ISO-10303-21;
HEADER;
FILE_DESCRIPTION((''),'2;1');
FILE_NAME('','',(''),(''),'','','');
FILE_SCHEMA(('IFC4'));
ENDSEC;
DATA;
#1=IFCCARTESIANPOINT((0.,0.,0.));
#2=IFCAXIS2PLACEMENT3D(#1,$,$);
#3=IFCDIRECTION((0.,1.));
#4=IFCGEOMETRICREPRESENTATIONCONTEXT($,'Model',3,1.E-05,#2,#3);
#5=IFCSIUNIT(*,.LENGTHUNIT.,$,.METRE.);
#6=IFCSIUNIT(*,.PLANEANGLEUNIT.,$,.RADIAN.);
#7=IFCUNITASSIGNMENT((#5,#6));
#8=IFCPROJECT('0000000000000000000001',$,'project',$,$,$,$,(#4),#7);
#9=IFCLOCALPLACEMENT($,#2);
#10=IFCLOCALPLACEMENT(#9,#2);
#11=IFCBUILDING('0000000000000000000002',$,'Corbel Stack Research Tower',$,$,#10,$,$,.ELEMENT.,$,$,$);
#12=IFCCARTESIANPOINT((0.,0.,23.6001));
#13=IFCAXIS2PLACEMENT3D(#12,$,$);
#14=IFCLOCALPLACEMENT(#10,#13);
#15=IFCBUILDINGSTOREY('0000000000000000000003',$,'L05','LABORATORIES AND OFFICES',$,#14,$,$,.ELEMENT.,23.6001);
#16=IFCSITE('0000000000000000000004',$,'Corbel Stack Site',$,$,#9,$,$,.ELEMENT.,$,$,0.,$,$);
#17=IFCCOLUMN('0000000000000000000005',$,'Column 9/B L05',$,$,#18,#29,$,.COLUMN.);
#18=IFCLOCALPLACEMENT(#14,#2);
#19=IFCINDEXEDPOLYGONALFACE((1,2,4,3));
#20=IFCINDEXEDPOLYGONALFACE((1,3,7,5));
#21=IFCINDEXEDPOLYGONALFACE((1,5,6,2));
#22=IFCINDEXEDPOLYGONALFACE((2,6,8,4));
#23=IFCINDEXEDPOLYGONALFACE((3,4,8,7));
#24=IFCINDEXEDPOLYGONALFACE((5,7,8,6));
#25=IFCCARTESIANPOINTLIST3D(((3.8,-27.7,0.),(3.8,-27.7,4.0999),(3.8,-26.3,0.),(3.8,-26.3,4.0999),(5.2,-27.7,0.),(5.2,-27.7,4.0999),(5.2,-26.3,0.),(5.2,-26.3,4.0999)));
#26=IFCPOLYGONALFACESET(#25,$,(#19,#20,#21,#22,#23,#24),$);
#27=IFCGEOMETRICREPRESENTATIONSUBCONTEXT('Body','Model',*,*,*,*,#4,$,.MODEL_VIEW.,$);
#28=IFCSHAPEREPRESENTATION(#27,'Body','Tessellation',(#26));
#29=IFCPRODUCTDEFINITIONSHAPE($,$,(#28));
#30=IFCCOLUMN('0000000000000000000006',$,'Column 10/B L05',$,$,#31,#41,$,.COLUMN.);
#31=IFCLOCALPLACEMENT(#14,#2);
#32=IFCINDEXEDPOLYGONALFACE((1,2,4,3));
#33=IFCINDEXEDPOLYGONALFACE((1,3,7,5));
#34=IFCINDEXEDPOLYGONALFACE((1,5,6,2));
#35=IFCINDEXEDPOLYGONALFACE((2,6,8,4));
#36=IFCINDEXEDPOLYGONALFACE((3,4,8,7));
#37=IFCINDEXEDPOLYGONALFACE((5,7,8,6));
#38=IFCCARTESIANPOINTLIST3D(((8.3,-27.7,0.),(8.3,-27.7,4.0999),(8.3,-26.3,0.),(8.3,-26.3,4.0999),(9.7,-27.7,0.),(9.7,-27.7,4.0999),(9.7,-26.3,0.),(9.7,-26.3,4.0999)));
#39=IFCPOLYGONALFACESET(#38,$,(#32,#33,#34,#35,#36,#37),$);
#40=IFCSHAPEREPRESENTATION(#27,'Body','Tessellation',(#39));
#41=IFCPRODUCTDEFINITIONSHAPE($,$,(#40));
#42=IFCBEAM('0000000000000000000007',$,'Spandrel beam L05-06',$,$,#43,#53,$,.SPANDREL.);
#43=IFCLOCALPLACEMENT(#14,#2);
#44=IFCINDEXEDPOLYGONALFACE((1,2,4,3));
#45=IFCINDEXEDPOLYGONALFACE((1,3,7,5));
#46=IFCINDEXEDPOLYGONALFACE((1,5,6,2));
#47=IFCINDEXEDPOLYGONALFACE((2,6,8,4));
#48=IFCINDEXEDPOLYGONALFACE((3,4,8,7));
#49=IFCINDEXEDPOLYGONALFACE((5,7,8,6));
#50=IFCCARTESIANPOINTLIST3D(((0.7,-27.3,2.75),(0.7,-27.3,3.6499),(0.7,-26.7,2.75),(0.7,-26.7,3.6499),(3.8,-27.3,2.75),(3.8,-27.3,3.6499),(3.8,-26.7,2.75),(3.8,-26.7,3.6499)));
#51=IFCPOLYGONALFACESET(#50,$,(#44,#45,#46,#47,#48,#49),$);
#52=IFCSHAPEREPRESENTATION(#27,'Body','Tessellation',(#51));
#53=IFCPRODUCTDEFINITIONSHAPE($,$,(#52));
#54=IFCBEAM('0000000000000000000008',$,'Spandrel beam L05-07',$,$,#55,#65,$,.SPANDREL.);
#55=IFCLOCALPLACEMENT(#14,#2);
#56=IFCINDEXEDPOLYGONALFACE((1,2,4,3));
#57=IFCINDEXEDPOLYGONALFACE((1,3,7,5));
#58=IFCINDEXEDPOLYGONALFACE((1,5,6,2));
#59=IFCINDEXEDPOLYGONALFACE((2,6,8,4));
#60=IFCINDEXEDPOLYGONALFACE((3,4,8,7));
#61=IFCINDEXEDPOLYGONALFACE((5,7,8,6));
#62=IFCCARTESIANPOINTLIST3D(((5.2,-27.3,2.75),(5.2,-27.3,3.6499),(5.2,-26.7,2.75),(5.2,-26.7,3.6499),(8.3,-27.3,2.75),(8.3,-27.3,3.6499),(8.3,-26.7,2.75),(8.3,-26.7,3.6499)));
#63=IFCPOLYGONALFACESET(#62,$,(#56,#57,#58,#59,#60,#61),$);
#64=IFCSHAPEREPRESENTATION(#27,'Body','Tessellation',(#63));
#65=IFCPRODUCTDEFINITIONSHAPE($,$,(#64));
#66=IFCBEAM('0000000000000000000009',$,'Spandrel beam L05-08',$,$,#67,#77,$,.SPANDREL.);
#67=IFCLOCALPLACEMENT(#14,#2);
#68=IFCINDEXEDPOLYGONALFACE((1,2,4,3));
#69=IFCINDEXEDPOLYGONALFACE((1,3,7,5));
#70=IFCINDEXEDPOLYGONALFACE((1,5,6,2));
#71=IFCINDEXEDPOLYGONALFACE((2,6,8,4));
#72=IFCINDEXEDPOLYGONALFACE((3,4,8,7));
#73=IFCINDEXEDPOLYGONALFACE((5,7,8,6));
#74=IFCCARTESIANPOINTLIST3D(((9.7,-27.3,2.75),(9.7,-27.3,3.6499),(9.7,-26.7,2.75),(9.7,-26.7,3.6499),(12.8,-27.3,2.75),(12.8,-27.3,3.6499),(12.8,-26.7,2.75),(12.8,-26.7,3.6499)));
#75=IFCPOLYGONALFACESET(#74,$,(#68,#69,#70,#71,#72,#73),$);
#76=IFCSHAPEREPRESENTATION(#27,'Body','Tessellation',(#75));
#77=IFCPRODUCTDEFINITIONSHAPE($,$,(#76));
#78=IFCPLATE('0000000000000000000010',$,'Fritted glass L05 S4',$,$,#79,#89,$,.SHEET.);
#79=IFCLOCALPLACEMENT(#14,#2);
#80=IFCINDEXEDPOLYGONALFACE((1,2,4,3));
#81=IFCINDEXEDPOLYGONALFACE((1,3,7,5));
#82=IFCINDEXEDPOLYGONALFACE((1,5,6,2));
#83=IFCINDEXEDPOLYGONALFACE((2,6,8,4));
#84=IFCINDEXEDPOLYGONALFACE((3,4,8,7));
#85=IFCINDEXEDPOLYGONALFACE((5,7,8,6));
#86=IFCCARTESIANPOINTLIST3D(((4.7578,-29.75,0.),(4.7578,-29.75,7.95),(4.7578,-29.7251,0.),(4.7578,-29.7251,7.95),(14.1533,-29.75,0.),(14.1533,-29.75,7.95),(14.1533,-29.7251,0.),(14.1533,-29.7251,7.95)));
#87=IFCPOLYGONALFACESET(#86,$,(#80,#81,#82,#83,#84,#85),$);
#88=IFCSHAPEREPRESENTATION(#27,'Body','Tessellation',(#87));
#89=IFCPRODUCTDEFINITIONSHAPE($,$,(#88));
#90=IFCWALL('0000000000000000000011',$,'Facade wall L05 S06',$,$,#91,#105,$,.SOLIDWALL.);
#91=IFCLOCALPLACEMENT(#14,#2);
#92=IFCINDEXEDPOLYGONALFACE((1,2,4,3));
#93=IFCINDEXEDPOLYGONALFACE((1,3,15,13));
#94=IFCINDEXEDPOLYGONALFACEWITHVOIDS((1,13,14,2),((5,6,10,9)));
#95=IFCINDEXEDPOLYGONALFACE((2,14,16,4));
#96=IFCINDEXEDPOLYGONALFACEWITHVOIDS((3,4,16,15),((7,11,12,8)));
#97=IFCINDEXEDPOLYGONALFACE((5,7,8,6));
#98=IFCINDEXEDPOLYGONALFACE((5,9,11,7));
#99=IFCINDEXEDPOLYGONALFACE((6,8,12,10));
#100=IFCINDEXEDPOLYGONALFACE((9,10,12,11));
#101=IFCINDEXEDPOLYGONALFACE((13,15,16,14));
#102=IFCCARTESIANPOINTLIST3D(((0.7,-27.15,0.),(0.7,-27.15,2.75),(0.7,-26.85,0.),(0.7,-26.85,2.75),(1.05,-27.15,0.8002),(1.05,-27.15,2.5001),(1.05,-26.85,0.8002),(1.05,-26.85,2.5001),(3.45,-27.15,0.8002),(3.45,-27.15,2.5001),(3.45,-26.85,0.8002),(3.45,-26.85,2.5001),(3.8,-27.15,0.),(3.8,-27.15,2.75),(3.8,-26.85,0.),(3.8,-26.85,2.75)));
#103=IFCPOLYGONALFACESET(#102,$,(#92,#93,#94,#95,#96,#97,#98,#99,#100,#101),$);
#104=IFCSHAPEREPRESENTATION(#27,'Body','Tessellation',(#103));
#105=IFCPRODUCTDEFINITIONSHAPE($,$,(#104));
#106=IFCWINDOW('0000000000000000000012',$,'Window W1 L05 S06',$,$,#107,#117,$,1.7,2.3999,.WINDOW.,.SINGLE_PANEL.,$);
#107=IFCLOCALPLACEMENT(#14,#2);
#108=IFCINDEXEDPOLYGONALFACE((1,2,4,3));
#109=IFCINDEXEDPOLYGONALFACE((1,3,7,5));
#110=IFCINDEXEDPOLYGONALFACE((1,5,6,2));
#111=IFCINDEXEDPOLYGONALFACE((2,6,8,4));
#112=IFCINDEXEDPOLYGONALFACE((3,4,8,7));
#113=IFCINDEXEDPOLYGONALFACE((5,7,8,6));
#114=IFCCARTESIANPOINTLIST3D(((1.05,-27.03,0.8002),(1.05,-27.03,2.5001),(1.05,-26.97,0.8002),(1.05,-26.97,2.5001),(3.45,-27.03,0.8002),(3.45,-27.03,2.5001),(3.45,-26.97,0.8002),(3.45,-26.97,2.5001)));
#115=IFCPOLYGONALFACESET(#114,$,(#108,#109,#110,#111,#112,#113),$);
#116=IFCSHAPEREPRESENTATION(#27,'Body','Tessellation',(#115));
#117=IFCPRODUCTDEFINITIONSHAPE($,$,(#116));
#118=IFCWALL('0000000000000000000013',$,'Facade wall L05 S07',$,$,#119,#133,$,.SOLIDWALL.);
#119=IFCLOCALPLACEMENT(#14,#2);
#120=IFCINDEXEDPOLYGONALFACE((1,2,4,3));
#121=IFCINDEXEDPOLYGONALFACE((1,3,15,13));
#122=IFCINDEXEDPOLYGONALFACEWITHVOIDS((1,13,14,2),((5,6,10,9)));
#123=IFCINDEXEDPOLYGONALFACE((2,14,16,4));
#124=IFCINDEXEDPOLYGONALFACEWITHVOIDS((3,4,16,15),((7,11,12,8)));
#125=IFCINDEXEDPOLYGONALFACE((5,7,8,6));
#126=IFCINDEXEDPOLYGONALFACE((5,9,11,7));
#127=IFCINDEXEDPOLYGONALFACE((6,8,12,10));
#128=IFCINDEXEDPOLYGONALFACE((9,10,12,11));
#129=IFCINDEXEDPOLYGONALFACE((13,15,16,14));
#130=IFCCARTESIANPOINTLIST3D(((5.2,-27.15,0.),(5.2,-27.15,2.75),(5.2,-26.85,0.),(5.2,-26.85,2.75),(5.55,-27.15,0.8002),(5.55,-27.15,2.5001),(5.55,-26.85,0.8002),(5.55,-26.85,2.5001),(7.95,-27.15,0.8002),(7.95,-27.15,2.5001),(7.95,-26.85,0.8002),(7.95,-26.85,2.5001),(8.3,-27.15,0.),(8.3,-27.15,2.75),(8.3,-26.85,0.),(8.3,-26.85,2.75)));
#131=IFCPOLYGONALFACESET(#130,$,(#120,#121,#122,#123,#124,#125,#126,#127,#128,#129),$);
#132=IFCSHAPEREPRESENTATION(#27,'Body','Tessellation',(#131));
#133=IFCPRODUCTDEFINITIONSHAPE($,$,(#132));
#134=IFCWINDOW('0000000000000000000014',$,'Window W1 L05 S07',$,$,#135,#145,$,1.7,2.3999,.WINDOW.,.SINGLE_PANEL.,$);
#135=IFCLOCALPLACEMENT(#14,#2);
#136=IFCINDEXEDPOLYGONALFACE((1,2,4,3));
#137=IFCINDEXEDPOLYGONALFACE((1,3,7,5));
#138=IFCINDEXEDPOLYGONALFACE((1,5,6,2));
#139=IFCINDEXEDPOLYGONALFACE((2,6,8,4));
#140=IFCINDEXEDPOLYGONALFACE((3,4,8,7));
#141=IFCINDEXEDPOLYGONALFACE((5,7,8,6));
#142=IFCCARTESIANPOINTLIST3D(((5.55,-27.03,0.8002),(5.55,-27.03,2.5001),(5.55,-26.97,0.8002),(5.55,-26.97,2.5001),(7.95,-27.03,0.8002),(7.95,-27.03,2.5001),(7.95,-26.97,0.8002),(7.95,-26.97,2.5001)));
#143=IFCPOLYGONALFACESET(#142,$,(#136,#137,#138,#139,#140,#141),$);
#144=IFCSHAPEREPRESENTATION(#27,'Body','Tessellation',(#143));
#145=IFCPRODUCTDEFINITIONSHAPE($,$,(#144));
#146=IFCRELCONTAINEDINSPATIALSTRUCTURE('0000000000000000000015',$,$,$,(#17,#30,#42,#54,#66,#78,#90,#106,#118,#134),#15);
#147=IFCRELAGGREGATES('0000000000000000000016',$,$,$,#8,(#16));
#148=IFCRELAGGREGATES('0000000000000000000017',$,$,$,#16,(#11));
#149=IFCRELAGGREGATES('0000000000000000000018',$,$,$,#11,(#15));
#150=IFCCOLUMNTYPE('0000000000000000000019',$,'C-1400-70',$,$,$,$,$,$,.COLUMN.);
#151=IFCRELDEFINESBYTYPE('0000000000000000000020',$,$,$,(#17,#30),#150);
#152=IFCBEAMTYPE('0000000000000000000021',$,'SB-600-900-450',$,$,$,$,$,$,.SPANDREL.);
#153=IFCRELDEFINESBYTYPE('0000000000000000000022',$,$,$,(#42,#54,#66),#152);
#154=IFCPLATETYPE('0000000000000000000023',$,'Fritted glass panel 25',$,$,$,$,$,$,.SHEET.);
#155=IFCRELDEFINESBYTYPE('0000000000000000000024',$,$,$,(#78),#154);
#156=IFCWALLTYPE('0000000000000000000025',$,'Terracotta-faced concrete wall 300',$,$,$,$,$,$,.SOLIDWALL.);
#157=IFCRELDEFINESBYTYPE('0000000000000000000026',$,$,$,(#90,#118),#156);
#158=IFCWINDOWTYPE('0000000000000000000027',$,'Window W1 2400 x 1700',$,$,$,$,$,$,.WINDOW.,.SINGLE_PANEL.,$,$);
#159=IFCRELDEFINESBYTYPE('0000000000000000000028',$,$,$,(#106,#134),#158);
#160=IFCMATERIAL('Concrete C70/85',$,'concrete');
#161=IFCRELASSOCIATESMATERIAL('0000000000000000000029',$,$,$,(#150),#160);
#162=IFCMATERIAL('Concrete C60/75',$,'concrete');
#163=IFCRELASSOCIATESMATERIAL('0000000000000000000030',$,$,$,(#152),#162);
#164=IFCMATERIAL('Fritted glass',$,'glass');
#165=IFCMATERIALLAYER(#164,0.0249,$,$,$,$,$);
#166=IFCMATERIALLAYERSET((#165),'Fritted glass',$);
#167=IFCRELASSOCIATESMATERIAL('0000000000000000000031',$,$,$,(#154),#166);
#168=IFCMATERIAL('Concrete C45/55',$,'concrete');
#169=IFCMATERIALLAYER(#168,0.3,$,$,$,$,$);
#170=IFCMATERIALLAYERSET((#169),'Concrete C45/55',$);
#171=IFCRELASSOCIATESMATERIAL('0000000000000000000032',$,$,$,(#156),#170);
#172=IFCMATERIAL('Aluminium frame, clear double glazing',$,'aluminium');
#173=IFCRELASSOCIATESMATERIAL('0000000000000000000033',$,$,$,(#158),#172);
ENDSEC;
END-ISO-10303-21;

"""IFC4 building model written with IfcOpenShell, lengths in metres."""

from ifc_helpers import new_model, si_unit, direction, frame, frame_2d, origin, origin_2d, place, context, subcontext, project, spatial, rectangle, extrude, material, layer, layer_set, material_profile, profile_set, type_object, element, fill, save


model = new_model("IFC4")

# Units and contexts
model_context = context("Model", 3, precision=1e-05, world=origin(), true_north=direction((0.0, 1.0)))
body_context = subcontext(model_context, "Body", "Model", "MODEL_VIEW")
ifc_project = project(units=[si_unit("LENGTHUNIT", "METRE"), si_unit("PLANEANGLEUNIT", "RADIAN")], contexts=[model_context])

# Site, building, storey
site_placement = place(None, origin())
site = spatial("IfcSite", under=ifc_project, at=site_placement, Name="Corbel Stack Site", CompositionType="ELEMENT", RefElevation=0.0)
building_placement = place(site_placement, origin())
building = spatial("IfcBuilding", under=site, at=building_placement, Name="Corbel Stack Research Tower", CompositionType="ELEMENT")
storey_placement = place(building_placement, frame((0.0, 0.0, 23.6001)))
storey = spatial("IfcBuildingStorey", under=building, at=storey_placement, Name="L05", Description="LABORATORIES AND OFFICES", CompositionType="ELEMENT", Elevation=23.6001)

# Columns
ifc_material_1 = material(Name="Concrete C70/85", Category="concrete")
ifc_material_profile_1 = material_profile(ifc_material_1, rectangle(XDim=1.3999, YDim=1.3999, at=origin_2d()), Name="RC 1400 x 1400")
ifc_profile_set_1 = profile_set([ifc_material_profile_1], Name="Concrete C70/85")
column_type = type_object("IfcColumnType", Name="C-1400-70", PredefinedType="COLUMN", material=ifc_profile_set_1)
for number, where, z_axis, x_axis, name in (
    (1, (4.5, -27.0, 0.0), (0.0, 0.0, 1.0), (1.0, 0.0, 0.0), "Column 9/B L05"),
    (2, (9.0, -27.0, 0.0), (0.0, 0.0, 1.0), (1.0, 0.0, 0.0), "Column 10/B L05"),
):
    element("IfcColumn", number, at=place(storey_placement, frame(where, z_axis=z_axis, x_axis=x_axis)), inside=storey, type_object=column_type, Name=name, PredefinedType="COLUMN", context=body_context, shape_type="SweptSolid", body=[
        extrude(rectangle(XDim=1.3999, YDim=1.3999, at=origin_2d()), origin(), (0.0, 0.0, 1.0), 4.0999),
    ])

# Beams
ifc_material_2 = material(Name="Concrete C60/75", Category="concrete")
ifc_material_profile_2 = material_profile(ifc_material_2, rectangle(XDim=0.6001, YDim=0.8999, at=origin_2d()), Name="RC 600 x 900")
ifc_profile_set_2 = profile_set([ifc_material_profile_2], Name="Concrete C60/75")
beam_type = type_object("IfcBeamType", Name="SB-600-900-450", PredefinedType="SPANDREL", material=ifc_profile_set_2)
for number, where, z_axis, x_axis, name in (
    (3, (0.7, -27.0, 3.2), (1.0, 0.0, 0.0), (0.0, 1.0, 0.0), "Spandrel beam L05-06"),
    (4, (5.2, -27.0, 3.2), (1.0, 0.0, 0.0), (0.0, 1.0, 0.0), "Spandrel beam L05-07"),
    (5, (9.7, -27.0, 3.2), (1.0, 0.0, 0.0), (0.0, 1.0, 0.0), "Spandrel beam L05-08"),
):
    element("IfcBeam", number, at=place(storey_placement, frame(where, z_axis=z_axis, x_axis=x_axis)), inside=storey, type_object=beam_type, Name=name, PredefinedType="SPANDREL", context=body_context, shape_type="SweptSolid", body=[
        extrude(rectangle(XDim=0.6001, YDim=0.8999, at=origin_2d()), origin(), (0.0, 0.0, 1.0), 3.1001),
    ])

# Plate
ifc_material_3 = material(Name="Fritted glass", Category="glass")
ifc_layer_1 = layer(ifc_material_3, 0.0249)
ifc_layer_set_1 = layer_set([ifc_layer_1], Name="Fritted glass")
plate_type = type_object("IfcPlateType", Name="Fritted glass panel 25", PredefinedType="SHEET", material=ifc_layer_set_1)
plate_placement = place(storey_placement, frame((9.4556, -29.7375, 0.0), z_axis=(0.0, 0.0, 1.0), x_axis=(1.0, 0.0, 0.0)))
element("IfcPlate", 6, at=plate_placement, inside=storey, type_object=plate_type, Name="Fritted glass L05 S4", PredefinedType="SHEET", context=body_context, shape_type="SweptSolid", body=[
    extrude(rectangle(XDim=9.3955, YDim=0.0249, at=origin_2d()), origin(), (0.0, 0.0, 1.0), 7.95),
])

# Walls, openings, windows
ifc_material_4 = material(Name="Concrete C45/55", Category="concrete")
ifc_layer_2 = layer(ifc_material_4, 0.3)
ifc_layer_set_2 = layer_set([ifc_layer_2], Name="Concrete C45/55")
wall_type = type_object("IfcWallType", Name="Terracotta-faced concrete wall 300", PredefinedType="SOLIDWALL", material=ifc_layer_set_2)
wall_1_placement = place(storey_placement, frame((3.8, -27.0, 0.0), z_axis=(0.0, 0.0, 1.0), x_axis=(-1.0, 0.0, 0.0)))
wall_1 = element("IfcWall", 7, at=wall_1_placement, inside=storey, type_object=wall_type, Name="Facade wall L05 S06", PredefinedType="SOLIDWALL", context=body_context, shape_type="SweptSolid", body=[
    extrude(rectangle(XDim=3.1001, YDim=0.3, at=frame_2d((1.55, 0.0))), origin(), (0.0, 0.0, 1.0), 2.75),
])
opening_1_placement = place(wall_1_placement, frame((0.3501, 0.0, 0.8)))
opening_1 = element("IfcOpeningElement", 8, at=opening_1_placement, cuts=wall_1, PredefinedType="OPENING", context=body_context, shape_type="SweptSolid", body=[
    extrude(rectangle(XDim=2.3999, YDim=1.7, at=frame_2d((1.2, 0.8501))), frame((0.0, 0.1599, 0.0), z_axis=(0.0, -1.0, 0.0), x_axis=(1.0, 0.0, 0.0)), (0.0, 0.0, 1.0), 0.3201),
])
ifc_material_5 = material(Name="Aluminium frame, clear double glazing", Category="aluminium")
window_type = type_object("IfcWindowType", Name="Window W1 2400 x 1700", PartitioningType="SINGLE_PANEL", PredefinedType="WINDOW", material=ifc_material_5)
window_1_placement = place(opening_1_placement, origin())
window_1 = element("IfcWindow", 9, at=window_1_placement, inside=storey, type_object=window_type, Name="Window W1 L05 S06", OverallHeight=1.7, OverallWidth=2.3999, PartitioningType="SINGLE_PANEL", PredefinedType="WINDOW", context=body_context, shape_type="SweptSolid", body=[
    extrude(rectangle(XDim=2.3999, YDim=1.7, at=frame_2d((1.2, 0.8501))), frame((0.0, 0.03, 0.0), z_axis=(0.0, -1.0, 0.0), x_axis=(1.0, 0.0, 0.0)), (0.0, 0.0, 1.0), 0.0601),
])
fill(opening_1, window_1)
wall_2_placement = place(storey_placement, frame((8.3, -27.0, 0.0), z_axis=(0.0, 0.0, 1.0), x_axis=(-1.0, 0.0, 0.0)))
wall_2 = element("IfcWall", 10, at=wall_2_placement, inside=storey, type_object=wall_type, Name="Facade wall L05 S07", PredefinedType="SOLIDWALL", context=body_context, shape_type="SweptSolid", body=[
    extrude(rectangle(XDim=3.1001, YDim=0.3, at=frame_2d((1.55, 0.0))), origin(), (0.0, 0.0, 1.0), 2.75),
])
opening_2_placement = place(wall_2_placement, frame((0.3501, 0.0, 0.8)))
opening_2 = element("IfcOpeningElement", 11, at=opening_2_placement, cuts=wall_2, PredefinedType="OPENING", context=body_context, shape_type="SweptSolid", body=[
    extrude(rectangle(XDim=2.3999, YDim=1.7, at=frame_2d((1.2, 0.8501))), frame((0.0, 0.1599, 0.0), z_axis=(0.0, -1.0, 0.0), x_axis=(1.0, 0.0, 0.0)), (0.0, 0.0, 1.0), 0.3201),
])
window_2_placement = place(opening_2_placement, origin())
window_2 = element("IfcWindow", 12, at=window_2_placement, inside=storey, type_object=window_type, Name="Window W1 L05 S07", OverallHeight=1.7, OverallWidth=2.3999, PartitioningType="SINGLE_PANEL", PredefinedType="WINDOW", context=body_context, shape_type="SweptSolid", body=[
    extrude(rectangle(XDim=2.3999, YDim=1.7, at=frame_2d((1.2, 0.8501))), frame((0.0, 0.03, 0.0), z_axis=(0.0, -1.0, 0.0), x_axis=(1.0, 0.0, 0.0)), (0.0, 0.0, 1.0), 0.0601),
])
fill(opening_2, window_2)

save(model, "model.ifc")
